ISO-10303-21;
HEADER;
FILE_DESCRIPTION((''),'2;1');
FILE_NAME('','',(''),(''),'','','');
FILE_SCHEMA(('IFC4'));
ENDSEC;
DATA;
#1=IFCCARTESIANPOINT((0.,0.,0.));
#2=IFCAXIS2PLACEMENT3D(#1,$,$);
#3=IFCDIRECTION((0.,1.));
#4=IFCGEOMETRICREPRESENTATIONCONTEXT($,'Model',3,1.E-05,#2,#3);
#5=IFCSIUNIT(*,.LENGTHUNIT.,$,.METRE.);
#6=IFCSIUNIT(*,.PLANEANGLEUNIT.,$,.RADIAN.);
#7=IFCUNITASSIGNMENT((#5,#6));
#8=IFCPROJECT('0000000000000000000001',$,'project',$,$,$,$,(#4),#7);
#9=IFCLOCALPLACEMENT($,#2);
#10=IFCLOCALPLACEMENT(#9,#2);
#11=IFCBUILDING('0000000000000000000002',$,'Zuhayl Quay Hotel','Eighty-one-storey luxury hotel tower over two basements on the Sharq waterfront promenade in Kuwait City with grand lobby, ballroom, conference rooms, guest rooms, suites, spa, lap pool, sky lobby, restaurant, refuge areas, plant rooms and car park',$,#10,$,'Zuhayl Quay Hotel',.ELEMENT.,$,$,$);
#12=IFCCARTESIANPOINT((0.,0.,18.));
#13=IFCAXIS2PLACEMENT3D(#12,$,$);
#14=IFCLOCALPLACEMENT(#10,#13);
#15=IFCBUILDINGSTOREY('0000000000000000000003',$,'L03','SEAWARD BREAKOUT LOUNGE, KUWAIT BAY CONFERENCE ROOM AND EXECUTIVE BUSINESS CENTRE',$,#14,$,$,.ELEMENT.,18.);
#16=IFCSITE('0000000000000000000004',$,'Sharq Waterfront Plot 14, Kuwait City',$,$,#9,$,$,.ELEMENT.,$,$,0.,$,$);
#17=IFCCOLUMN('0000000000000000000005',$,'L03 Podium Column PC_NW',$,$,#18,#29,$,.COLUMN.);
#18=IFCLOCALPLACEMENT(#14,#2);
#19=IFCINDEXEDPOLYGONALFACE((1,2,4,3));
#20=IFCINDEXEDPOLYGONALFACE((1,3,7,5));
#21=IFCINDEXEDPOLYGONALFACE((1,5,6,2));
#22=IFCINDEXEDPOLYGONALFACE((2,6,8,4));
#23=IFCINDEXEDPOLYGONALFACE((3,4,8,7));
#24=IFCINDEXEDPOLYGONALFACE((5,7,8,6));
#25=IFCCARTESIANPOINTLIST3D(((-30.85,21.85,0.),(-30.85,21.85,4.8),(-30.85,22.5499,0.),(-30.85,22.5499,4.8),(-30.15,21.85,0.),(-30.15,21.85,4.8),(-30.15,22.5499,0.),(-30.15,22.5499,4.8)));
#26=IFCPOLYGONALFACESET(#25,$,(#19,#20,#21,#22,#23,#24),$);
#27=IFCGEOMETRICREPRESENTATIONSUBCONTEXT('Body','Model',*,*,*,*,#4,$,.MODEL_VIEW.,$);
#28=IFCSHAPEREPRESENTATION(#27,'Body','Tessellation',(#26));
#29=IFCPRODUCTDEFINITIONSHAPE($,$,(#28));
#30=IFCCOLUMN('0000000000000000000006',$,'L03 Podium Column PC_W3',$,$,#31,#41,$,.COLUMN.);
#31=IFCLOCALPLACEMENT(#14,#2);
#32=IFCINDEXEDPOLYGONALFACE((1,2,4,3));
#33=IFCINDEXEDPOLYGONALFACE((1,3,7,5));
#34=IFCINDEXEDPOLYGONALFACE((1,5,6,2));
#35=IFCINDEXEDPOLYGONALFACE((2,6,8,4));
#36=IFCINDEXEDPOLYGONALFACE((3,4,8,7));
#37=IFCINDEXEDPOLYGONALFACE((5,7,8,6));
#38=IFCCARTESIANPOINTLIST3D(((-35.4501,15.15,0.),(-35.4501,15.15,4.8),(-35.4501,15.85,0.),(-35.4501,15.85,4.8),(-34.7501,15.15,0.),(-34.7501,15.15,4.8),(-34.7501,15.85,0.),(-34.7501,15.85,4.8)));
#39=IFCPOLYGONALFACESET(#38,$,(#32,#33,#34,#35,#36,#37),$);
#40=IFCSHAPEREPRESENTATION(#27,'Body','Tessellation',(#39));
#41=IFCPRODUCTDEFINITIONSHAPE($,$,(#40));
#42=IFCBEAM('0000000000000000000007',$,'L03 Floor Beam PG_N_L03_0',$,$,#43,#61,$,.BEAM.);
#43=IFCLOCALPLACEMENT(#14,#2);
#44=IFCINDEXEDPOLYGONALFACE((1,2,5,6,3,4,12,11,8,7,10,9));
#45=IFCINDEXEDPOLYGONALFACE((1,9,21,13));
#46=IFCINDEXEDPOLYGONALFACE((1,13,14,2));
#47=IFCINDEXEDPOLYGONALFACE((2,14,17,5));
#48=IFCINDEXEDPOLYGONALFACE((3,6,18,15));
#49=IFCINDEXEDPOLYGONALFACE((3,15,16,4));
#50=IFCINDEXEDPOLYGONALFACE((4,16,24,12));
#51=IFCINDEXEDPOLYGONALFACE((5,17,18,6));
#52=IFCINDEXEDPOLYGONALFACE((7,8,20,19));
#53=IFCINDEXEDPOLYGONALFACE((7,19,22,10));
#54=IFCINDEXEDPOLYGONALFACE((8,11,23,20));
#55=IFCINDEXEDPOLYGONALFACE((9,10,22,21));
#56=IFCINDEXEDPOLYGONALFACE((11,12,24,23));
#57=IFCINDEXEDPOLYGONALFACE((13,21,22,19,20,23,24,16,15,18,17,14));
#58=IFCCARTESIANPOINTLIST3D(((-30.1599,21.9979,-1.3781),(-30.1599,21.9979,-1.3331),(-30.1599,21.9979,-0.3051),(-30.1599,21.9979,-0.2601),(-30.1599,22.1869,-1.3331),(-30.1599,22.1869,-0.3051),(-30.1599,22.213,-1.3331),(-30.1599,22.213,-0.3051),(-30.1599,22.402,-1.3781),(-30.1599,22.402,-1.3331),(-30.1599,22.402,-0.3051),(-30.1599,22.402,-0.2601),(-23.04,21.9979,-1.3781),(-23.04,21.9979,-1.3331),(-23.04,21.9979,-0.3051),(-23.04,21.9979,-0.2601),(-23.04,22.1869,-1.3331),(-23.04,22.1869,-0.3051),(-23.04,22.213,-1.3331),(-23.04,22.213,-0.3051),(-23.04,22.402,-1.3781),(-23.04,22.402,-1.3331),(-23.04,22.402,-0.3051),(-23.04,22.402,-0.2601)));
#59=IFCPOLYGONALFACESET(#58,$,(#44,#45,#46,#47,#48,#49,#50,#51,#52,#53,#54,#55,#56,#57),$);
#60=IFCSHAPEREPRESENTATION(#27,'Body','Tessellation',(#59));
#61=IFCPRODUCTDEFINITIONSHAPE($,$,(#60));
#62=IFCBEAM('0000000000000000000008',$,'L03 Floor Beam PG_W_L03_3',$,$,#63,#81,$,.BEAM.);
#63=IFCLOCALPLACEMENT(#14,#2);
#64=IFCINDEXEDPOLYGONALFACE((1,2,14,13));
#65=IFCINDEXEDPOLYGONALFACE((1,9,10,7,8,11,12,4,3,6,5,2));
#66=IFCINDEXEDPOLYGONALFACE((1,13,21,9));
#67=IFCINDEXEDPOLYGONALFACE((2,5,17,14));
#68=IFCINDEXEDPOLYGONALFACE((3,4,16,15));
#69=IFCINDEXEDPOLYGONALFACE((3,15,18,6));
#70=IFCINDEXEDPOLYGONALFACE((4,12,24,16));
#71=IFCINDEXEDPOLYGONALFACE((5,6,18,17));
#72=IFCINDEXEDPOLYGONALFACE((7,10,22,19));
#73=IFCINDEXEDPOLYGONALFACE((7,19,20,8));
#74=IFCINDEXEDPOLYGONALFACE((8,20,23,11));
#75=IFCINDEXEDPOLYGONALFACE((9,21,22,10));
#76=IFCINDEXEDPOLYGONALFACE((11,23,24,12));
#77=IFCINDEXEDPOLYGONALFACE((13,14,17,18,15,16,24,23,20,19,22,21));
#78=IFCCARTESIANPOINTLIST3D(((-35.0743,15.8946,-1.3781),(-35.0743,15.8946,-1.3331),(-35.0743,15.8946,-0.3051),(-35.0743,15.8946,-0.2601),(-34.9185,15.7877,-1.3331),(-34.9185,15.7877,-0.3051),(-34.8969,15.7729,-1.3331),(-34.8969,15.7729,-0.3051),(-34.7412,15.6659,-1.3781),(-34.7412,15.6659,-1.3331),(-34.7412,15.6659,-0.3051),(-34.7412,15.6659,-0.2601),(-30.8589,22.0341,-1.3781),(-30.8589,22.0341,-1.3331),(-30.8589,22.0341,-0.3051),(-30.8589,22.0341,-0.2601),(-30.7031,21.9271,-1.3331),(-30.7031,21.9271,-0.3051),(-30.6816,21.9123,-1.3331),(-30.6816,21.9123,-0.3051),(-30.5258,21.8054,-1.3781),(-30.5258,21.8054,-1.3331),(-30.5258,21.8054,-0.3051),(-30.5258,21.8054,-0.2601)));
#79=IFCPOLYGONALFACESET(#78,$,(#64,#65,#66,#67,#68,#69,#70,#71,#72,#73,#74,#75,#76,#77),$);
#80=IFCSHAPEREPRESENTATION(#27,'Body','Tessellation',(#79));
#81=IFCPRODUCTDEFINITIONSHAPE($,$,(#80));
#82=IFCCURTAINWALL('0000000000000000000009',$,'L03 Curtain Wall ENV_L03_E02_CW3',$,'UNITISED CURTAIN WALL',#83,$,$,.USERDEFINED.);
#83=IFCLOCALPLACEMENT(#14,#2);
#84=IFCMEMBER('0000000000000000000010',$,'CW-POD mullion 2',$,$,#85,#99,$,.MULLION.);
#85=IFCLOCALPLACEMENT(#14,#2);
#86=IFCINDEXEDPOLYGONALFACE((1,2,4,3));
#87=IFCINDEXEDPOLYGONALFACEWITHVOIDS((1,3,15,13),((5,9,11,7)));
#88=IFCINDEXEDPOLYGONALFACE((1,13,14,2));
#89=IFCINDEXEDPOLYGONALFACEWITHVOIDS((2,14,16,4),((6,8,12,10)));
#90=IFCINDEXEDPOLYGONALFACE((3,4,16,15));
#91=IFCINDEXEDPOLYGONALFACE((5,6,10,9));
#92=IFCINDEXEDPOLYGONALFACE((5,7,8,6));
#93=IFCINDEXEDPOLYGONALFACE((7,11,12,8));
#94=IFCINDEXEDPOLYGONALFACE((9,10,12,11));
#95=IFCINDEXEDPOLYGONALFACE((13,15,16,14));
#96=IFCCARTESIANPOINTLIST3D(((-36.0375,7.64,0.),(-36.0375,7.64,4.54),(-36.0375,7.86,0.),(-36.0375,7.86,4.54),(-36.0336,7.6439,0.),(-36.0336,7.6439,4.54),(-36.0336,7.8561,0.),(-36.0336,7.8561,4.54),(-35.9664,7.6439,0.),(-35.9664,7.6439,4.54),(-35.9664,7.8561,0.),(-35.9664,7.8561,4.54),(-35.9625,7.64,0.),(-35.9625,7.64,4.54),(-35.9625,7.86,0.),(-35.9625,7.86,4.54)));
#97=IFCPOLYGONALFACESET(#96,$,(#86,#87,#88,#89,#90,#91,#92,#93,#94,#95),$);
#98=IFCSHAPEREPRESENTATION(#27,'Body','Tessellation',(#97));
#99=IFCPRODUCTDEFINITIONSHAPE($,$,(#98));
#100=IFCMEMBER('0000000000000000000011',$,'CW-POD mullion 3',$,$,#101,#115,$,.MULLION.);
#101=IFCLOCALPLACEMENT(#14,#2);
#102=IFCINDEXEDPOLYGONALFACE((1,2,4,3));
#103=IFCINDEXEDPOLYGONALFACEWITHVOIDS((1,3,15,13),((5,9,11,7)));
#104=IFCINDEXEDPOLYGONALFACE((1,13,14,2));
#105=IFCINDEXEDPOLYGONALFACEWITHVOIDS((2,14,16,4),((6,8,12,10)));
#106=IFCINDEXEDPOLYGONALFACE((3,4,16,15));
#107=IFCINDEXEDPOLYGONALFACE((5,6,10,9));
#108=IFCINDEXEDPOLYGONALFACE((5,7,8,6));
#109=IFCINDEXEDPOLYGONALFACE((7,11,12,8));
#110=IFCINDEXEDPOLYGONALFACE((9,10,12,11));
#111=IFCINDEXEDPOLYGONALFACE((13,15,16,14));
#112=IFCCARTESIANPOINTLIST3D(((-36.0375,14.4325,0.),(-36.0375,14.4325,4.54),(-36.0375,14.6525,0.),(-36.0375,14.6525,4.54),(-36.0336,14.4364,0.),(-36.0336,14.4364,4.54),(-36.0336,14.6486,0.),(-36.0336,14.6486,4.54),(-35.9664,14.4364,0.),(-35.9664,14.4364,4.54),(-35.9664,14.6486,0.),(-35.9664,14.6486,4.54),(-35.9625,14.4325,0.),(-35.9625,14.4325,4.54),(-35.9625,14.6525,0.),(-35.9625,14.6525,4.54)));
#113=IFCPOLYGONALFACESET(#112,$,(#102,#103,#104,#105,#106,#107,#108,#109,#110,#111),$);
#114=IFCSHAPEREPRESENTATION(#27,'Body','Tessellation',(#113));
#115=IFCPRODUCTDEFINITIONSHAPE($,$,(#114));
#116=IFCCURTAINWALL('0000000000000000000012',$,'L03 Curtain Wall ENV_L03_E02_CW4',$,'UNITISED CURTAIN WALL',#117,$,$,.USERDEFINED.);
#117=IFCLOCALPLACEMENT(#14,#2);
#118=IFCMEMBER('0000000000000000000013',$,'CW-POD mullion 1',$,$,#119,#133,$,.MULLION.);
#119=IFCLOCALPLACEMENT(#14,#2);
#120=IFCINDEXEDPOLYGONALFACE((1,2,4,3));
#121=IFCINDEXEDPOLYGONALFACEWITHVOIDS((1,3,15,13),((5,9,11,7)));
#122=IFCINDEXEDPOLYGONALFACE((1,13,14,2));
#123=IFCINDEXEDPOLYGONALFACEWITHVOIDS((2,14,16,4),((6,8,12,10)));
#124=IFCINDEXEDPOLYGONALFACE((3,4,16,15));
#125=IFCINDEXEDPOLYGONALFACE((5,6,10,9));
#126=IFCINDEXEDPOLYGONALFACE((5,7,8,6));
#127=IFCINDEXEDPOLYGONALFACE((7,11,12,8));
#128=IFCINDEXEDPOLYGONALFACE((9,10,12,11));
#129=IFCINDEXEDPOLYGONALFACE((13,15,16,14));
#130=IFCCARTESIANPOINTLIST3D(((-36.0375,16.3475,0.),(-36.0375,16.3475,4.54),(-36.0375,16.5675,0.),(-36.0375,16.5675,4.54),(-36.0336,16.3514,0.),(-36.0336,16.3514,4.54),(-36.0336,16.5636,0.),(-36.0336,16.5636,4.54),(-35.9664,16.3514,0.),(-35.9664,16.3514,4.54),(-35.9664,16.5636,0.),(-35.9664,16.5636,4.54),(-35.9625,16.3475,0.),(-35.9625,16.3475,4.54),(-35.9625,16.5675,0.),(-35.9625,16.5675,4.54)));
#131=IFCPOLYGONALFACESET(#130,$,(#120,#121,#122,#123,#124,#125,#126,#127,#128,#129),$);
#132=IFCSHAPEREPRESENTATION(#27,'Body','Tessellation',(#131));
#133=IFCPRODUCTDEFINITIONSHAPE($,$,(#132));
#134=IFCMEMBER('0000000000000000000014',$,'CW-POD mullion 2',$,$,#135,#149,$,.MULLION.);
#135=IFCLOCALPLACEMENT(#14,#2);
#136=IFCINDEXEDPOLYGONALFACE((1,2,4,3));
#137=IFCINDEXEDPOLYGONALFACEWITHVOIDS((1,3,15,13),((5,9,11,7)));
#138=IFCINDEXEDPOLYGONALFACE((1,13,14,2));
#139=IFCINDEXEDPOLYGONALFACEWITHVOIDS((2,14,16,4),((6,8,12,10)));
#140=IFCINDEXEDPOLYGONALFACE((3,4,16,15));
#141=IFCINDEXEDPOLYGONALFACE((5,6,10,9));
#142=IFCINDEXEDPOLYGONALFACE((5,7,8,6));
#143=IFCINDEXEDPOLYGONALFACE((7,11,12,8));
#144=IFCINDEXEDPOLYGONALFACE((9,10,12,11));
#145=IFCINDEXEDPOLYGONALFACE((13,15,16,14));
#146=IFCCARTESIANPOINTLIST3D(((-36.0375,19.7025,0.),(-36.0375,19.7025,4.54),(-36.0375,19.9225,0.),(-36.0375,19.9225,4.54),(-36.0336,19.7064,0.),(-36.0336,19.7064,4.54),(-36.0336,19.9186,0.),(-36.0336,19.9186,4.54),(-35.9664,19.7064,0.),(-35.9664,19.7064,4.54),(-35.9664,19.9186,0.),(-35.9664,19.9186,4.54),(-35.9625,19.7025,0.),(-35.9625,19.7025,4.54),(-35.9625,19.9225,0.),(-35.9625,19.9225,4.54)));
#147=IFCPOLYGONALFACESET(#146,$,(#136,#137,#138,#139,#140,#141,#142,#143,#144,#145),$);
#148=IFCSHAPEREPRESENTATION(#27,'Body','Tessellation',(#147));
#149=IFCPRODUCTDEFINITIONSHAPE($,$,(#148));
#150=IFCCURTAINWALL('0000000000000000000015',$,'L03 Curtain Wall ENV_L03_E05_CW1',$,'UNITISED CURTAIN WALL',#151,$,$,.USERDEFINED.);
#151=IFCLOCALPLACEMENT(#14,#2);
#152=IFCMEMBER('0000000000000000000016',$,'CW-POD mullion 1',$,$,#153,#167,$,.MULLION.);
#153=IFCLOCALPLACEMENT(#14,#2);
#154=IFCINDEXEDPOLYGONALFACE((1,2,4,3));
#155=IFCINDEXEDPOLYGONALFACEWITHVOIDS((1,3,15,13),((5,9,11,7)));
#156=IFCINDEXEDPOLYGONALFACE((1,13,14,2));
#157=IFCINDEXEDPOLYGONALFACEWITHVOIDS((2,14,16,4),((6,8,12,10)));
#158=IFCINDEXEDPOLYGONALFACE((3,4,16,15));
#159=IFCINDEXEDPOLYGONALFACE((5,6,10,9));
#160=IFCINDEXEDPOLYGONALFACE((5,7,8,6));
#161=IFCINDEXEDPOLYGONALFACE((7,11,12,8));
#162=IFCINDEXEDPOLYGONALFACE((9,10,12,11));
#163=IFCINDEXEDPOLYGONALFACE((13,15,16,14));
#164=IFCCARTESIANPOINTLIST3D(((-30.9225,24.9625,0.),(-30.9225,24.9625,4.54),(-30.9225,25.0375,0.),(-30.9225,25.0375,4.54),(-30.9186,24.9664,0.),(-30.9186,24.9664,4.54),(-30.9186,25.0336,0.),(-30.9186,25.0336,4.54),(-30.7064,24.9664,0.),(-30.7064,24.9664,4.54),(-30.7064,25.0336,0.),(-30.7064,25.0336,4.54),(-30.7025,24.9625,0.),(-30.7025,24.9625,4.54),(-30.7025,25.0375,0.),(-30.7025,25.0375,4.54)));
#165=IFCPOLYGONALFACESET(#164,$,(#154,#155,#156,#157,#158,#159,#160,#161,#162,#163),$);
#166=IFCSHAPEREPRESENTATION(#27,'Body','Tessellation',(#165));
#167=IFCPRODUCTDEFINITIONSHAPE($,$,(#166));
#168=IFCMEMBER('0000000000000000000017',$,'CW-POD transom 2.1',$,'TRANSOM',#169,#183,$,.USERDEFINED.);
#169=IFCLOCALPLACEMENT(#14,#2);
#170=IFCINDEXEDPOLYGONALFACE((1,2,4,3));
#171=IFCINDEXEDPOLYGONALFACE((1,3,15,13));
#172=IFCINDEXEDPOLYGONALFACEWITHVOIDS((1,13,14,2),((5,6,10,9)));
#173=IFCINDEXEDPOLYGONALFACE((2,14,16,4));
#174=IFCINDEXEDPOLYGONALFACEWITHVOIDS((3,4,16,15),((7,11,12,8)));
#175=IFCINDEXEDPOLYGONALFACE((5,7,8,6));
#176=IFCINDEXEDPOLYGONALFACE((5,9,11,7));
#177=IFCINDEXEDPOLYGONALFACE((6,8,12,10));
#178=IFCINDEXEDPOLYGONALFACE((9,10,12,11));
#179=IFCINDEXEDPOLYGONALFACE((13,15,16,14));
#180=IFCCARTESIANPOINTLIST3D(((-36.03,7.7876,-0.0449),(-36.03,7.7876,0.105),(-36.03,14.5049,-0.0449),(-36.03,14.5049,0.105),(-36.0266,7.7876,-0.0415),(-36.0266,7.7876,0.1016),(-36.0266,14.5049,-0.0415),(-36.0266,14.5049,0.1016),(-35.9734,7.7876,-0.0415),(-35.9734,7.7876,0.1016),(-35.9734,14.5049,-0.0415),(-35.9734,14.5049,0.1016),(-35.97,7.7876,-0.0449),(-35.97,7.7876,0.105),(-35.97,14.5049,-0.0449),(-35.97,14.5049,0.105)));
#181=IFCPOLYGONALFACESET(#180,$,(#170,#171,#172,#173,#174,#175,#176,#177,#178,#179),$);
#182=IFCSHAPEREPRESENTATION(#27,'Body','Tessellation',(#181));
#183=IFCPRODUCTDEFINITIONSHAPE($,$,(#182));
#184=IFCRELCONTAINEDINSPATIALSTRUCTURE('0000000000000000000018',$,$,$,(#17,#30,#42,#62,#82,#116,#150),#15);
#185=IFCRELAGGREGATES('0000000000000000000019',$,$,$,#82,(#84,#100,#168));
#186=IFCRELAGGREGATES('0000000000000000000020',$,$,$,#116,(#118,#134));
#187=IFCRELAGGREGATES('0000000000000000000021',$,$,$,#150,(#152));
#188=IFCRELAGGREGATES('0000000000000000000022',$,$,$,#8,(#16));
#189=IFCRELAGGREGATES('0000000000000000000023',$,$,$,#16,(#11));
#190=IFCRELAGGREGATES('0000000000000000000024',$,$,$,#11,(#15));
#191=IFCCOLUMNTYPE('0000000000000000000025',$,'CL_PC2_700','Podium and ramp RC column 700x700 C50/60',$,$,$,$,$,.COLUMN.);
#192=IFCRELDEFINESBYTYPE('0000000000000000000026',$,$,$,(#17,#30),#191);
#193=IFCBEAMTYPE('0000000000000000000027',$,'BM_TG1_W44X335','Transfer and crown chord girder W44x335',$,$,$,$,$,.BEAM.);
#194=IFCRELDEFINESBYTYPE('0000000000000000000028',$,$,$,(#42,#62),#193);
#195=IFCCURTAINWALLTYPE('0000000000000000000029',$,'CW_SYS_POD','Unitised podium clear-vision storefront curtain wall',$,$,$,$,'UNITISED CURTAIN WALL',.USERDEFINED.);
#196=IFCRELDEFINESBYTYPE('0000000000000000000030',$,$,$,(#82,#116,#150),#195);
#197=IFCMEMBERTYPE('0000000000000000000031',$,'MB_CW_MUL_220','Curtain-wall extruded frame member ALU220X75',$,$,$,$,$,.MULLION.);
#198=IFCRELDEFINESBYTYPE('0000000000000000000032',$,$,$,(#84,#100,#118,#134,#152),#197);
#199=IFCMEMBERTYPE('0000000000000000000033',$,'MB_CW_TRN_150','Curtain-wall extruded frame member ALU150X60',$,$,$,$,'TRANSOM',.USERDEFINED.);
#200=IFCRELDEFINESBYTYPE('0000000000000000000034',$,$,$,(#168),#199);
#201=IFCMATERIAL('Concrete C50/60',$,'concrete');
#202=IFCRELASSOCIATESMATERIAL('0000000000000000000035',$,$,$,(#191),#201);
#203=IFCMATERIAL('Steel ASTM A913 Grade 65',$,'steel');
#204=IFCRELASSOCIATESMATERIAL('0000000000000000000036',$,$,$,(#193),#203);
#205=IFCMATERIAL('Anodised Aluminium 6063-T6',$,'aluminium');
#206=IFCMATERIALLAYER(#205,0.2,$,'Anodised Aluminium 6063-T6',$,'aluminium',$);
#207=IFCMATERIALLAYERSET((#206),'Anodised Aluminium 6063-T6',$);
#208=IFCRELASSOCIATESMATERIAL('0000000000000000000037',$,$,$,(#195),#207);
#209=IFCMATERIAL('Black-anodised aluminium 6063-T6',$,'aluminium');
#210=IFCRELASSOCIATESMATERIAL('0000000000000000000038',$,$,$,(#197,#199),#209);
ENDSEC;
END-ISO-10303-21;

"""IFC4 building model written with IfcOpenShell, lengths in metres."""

from ifc_helpers import new_model, si_unit, direction, frame, origin, origin_2d, place, context, subcontext, project, spatial, rectangle, hollow_rectangle, i_section, extrude, material, layer, layer_set, material_profile, profile_set, type_object, element, aggregate, save


model = new_model("IFC4")

# Units and contexts
model_context = context("Model", 3, precision=1e-05, world=origin(), true_north=direction((0.0, 1.0)))
body_context = subcontext(model_context, "Body", "Model", "MODEL_VIEW")
ifc_project = project(units=[si_unit("LENGTHUNIT", "METRE"), si_unit("PLANEANGLEUNIT", "RADIAN")], contexts=[model_context])

# Site, building, storey
site_placement = place(None, origin())
site = spatial("IfcSite", under=ifc_project, at=site_placement, Name="Sharq Waterfront Plot 14, Kuwait City", CompositionType="ELEMENT", RefElevation=0.0)
building_placement = place(site_placement, origin())
building = spatial("IfcBuilding", under=site, at=building_placement, Name="Zuhayl Quay Hotel", Description="Eighty-one-storey luxury hotel tower over two basements on the Sharq waterfront promenade in Kuwait City with grand lobby, ballroom, conference rooms, guest rooms, suites, spa, lap pool, sky lobby, restaurant, refuge areas, plant rooms and car park", LongName="Zuhayl Quay Hotel", CompositionType="ELEMENT")
storey_placement = place(building_placement, frame((0.0, 0.0, 18.0)))
storey = spatial("IfcBuildingStorey", under=building, at=storey_placement, Name="L03", Description="SEAWARD BREAKOUT LOUNGE, KUWAIT BAY CONFERENCE ROOM AND EXECUTIVE BUSINESS CENTRE", CompositionType="ELEMENT", Elevation=18.0)

# Columns
ifc_material_1 = material(Name="Concrete C50/60", Category="concrete")
ifc_material_profile_1 = material_profile(ifc_material_1, rectangle(XDim=0.7, YDim=0.7, at=origin_2d()), Name="RC700X700")
ifc_profile_set_1 = profile_set([ifc_material_profile_1], Name="Concrete C50/60")
column_type = type_object("IfcColumnType", Name="CL_PC2_700", Description="Podium and ramp RC column 700x700 C50/60", PredefinedType="COLUMN", material=ifc_profile_set_1)
for number, where, z_axis, x_axis, name in (
    (1, (-30.5, 22.2, 0.0), (0.0, 0.0, 1.0), (1.0, 0.0, 0.0), "L03 Podium Column PC_NW"),
    (2, (-35.1001, 15.5, 0.0), (0.0, 0.0, 1.0), (1.0, 0.0, 0.0), "L03 Podium Column PC_W3"),
):
    element("IfcColumn", number, at=place(storey_placement, frame(where, z_axis=z_axis, x_axis=x_axis)), inside=storey, type_object=column_type, Name=name, PredefinedType="COLUMN", context=body_context, shape_type="SweptSolid", body=[
        extrude(rectangle(XDim=0.7, YDim=0.7, at=origin_2d()), origin(), (0.0, 0.0, 1.0), 4.8),
    ])

# Beams
ifc_material_2 = material(Name="Steel ASTM A913 Grade 65", Category="steel")
ifc_material_profile_2 = material_profile(ifc_material_2, i_section(OverallWidth=0.4041, OverallDepth=1.1179, WebThickness=0.0261, FlangeThickness=0.0449, at=origin_2d()), Name="W44X335")
ifc_profile_set_2 = profile_set([ifc_material_profile_2], Name="Steel ASTM A913 Grade 65")
beam_type = type_object("IfcBeamType", Name="BM_TG1_W44X335", Description="Transfer and crown chord girder W44x335", PredefinedType="BEAM", material=ifc_profile_set_2)
beam_1_placement = place(storey_placement, frame((-30.1599, 22.2, -0.8191), z_axis=(1.0, 0.0, 0.0), x_axis=(0.0, 1.0, 0.0)))
element("IfcBeam", 3, at=beam_1_placement, inside=storey, type_object=beam_type, Name="L03 Floor Beam PG_N_L03_0", PredefinedType="BEAM", context=body_context, shape_type="SweptSolid", body=[
    extrude(i_section(OverallWidth=0.4041, OverallDepth=1.1179, WebThickness=0.0261, FlangeThickness=0.0449, at=origin_2d()), origin(), (0.0, 0.0, 1.0), 7.1199),
])
beam_2_placement = place(storey_placement, frame((-34.9077, 15.7803, -0.8191), z_axis=(0.566026, 0.824387, 0.0), x_axis=(-0.824387, 0.566026, 0.0)))
element("IfcBeam", 4, at=beam_2_placement, inside=storey, type_object=beam_type, Name="L03 Floor Beam PG_W_L03_3", PredefinedType="BEAM", context=body_context, shape_type="SweptSolid", body=[
    extrude(i_section(OverallWidth=0.4041, OverallDepth=1.1179, WebThickness=0.0261, FlangeThickness=0.0449, at=origin_2d()), origin(), (0.0, 0.0, 1.0), 7.4473),
])

# Curtain walls, members
ifc_material_3 = material(Name="Anodised Aluminium 6063-T6", Category="aluminium")
ifc_layer_1 = layer(ifc_material_3, 0.2, Name="Anodised Aluminium 6063-T6", Category="aluminium")
ifc_layer_set_1 = layer_set([ifc_layer_1], Name="Anodised Aluminium 6063-T6")
curtain_wall_type = type_object("IfcCurtainWallType", Name="CW_SYS_POD", Description="Unitised podium clear-vision storefront curtain wall", ElementType="UNITISED CURTAIN WALL", PredefinedType="USERDEFINED", material=ifc_layer_set_1)
curtain_wall_1_placement = place(storey_placement, origin())
curtain_wall_1 = element("IfcCurtainWall", 5, at=curtain_wall_1_placement, inside=storey, type_object=curtain_wall_type, Name="L03 Curtain Wall ENV_L03_E02_CW3", ObjectType="UNITISED CURTAIN WALL", PredefinedType="USERDEFINED")
ifc_material_4 = material(Name="Black-anodised aluminium 6063-T6", Category="aluminium")
ifc_material_profile_3 = material_profile(ifc_material_4, hollow_rectangle(XDim=0.075, YDim=0.22, WallThickness=0.0039, at=origin_2d()), Name="ALU220X75")
ifc_profile_set_3 = profile_set([ifc_material_profile_3], Name="Black-anodised aluminium 6063-T6")
member_type_1 = type_object("IfcMemberType", Name="MB_CW_MUL_220", Description="Curtain-wall extruded frame member ALU220X75", PredefinedType="MULLION", material=ifc_profile_set_3)
member_1_placement = place(storey_placement, frame((-36.0, 7.75, 0.0), z_axis=(0.0, 0.0, 1.0), x_axis=(-1.0, 0.0, 0.0)))
member_1 = element("IfcMember", 6, at=member_1_placement, type_object=member_type_1, Name="CW-POD mullion 2", PredefinedType="MULLION", context=body_context, shape_type="SweptSolid", body=[
    extrude(hollow_rectangle(XDim=0.075, YDim=0.22, WallThickness=0.0039, at=origin_2d()), origin(), (0.0, 0.0, 1.0), 4.54),
])
member_2_placement = place(storey_placement, frame((-36.0, 14.5425, 0.0), z_axis=(0.0, 0.0, 1.0), x_axis=(-1.0, 0.0, 0.0)))
member_2 = element("IfcMember", 7, at=member_2_placement, type_object=member_type_1, Name="CW-POD mullion 3", PredefinedType="MULLION", context=body_context, shape_type="SweptSolid", body=[
    extrude(hollow_rectangle(XDim=0.075, YDim=0.22, WallThickness=0.0039, at=origin_2d()), origin(), (0.0, 0.0, 1.0), 4.54),
])
curtain_wall_2_placement = place(storey_placement, origin())
curtain_wall_2 = element("IfcCurtainWall", 8, at=curtain_wall_2_placement, inside=storey, type_object=curtain_wall_type, Name="L03 Curtain Wall ENV_L03_E02_CW4", ObjectType="UNITISED CURTAIN WALL", PredefinedType="USERDEFINED")
member_3_placement = place(storey_placement, frame((-36.0, 16.4575, 0.0), z_axis=(0.0, 0.0, 1.0), x_axis=(-1.0, 0.0, 0.0)))
member_3 = element("IfcMember", 9, at=member_3_placement, type_object=member_type_1, Name="CW-POD mullion 1", PredefinedType="MULLION", context=body_context, shape_type="SweptSolid", body=[
    extrude(hollow_rectangle(XDim=0.075, YDim=0.22, WallThickness=0.0039, at=origin_2d()), origin(), (0.0, 0.0, 1.0), 4.54),
])
member_4_placement = place(storey_placement, frame((-36.0, 19.8125, 0.0), z_axis=(0.0, 0.0, 1.0), x_axis=(-1.0, 0.0, 0.0)))
member_4 = element("IfcMember", 10, at=member_4_placement, type_object=member_type_1, Name="CW-POD mullion 2", PredefinedType="MULLION", context=body_context, shape_type="SweptSolid", body=[
    extrude(hollow_rectangle(XDim=0.075, YDim=0.22, WallThickness=0.0039, at=origin_2d()), origin(), (0.0, 0.0, 1.0), 4.54),
])

# Curtain wall, member
curtain_wall_3_placement = place(storey_placement, origin())
curtain_wall_3 = element("IfcCurtainWall", 11, at=curtain_wall_3_placement, inside=storey, type_object=curtain_wall_type, Name="L03 Curtain Wall ENV_L03_E05_CW1", ObjectType="UNITISED CURTAIN WALL", PredefinedType="USERDEFINED")
member_5_placement = place(storey_placement, frame((-30.8125, 25.0, 0.0), z_axis=(0.0, 0.0, 1.0), x_axis=(0.0, 1.0, 0.0)))
member_5 = element("IfcMember", 12, at=member_5_placement, type_object=member_type_1, Name="CW-POD mullion 1", PredefinedType="MULLION", context=body_context, shape_type="SweptSolid", body=[
    extrude(hollow_rectangle(XDim=0.075, YDim=0.22, WallThickness=0.0039, at=origin_2d()), origin(), (0.0, 0.0, 1.0), 4.54),
])

# Member
ifc_material_profile_4 = material_profile(ifc_material_4, hollow_rectangle(XDim=0.0601, YDim=0.1499, WallThickness=0.0034, at=origin_2d()), Name="ALU150X60")
ifc_profile_set_4 = profile_set([ifc_material_profile_4], Name="Black-anodised aluminium 6063-T6")
member_type_2 = type_object("IfcMemberType", Name="MB_CW_TRN_150", Description="Curtain-wall extruded frame member ALU150X60", ElementType="TRANSOM", PredefinedType="USERDEFINED", material=ifc_profile_set_4)
member_6_placement = place(storey_placement, frame((-36.0, 7.7876, 0.03), z_axis=(0.0, 1.0, 0.0), x_axis=(-1.0, 0.0, 0.0)))
member_6 = element("IfcMember", 13, at=member_6_placement, type_object=member_type_2, Name="CW-POD transom 2.1", ObjectType="TRANSOM", PredefinedType="USERDEFINED", context=body_context, shape_type="SweptSolid", body=[
    extrude(hollow_rectangle(XDim=0.0601, YDim=0.1499, WallThickness=0.0034, at=origin_2d()), origin(), (0.0, 0.0, 1.0), 6.7173),
])

aggregate(curtain_wall_1, [member_1, member_2, member_6])
aggregate(curtain_wall_2, [member_3, member_4])
aggregate(curtain_wall_3, [member_5])

save(model, "model.ifc")
